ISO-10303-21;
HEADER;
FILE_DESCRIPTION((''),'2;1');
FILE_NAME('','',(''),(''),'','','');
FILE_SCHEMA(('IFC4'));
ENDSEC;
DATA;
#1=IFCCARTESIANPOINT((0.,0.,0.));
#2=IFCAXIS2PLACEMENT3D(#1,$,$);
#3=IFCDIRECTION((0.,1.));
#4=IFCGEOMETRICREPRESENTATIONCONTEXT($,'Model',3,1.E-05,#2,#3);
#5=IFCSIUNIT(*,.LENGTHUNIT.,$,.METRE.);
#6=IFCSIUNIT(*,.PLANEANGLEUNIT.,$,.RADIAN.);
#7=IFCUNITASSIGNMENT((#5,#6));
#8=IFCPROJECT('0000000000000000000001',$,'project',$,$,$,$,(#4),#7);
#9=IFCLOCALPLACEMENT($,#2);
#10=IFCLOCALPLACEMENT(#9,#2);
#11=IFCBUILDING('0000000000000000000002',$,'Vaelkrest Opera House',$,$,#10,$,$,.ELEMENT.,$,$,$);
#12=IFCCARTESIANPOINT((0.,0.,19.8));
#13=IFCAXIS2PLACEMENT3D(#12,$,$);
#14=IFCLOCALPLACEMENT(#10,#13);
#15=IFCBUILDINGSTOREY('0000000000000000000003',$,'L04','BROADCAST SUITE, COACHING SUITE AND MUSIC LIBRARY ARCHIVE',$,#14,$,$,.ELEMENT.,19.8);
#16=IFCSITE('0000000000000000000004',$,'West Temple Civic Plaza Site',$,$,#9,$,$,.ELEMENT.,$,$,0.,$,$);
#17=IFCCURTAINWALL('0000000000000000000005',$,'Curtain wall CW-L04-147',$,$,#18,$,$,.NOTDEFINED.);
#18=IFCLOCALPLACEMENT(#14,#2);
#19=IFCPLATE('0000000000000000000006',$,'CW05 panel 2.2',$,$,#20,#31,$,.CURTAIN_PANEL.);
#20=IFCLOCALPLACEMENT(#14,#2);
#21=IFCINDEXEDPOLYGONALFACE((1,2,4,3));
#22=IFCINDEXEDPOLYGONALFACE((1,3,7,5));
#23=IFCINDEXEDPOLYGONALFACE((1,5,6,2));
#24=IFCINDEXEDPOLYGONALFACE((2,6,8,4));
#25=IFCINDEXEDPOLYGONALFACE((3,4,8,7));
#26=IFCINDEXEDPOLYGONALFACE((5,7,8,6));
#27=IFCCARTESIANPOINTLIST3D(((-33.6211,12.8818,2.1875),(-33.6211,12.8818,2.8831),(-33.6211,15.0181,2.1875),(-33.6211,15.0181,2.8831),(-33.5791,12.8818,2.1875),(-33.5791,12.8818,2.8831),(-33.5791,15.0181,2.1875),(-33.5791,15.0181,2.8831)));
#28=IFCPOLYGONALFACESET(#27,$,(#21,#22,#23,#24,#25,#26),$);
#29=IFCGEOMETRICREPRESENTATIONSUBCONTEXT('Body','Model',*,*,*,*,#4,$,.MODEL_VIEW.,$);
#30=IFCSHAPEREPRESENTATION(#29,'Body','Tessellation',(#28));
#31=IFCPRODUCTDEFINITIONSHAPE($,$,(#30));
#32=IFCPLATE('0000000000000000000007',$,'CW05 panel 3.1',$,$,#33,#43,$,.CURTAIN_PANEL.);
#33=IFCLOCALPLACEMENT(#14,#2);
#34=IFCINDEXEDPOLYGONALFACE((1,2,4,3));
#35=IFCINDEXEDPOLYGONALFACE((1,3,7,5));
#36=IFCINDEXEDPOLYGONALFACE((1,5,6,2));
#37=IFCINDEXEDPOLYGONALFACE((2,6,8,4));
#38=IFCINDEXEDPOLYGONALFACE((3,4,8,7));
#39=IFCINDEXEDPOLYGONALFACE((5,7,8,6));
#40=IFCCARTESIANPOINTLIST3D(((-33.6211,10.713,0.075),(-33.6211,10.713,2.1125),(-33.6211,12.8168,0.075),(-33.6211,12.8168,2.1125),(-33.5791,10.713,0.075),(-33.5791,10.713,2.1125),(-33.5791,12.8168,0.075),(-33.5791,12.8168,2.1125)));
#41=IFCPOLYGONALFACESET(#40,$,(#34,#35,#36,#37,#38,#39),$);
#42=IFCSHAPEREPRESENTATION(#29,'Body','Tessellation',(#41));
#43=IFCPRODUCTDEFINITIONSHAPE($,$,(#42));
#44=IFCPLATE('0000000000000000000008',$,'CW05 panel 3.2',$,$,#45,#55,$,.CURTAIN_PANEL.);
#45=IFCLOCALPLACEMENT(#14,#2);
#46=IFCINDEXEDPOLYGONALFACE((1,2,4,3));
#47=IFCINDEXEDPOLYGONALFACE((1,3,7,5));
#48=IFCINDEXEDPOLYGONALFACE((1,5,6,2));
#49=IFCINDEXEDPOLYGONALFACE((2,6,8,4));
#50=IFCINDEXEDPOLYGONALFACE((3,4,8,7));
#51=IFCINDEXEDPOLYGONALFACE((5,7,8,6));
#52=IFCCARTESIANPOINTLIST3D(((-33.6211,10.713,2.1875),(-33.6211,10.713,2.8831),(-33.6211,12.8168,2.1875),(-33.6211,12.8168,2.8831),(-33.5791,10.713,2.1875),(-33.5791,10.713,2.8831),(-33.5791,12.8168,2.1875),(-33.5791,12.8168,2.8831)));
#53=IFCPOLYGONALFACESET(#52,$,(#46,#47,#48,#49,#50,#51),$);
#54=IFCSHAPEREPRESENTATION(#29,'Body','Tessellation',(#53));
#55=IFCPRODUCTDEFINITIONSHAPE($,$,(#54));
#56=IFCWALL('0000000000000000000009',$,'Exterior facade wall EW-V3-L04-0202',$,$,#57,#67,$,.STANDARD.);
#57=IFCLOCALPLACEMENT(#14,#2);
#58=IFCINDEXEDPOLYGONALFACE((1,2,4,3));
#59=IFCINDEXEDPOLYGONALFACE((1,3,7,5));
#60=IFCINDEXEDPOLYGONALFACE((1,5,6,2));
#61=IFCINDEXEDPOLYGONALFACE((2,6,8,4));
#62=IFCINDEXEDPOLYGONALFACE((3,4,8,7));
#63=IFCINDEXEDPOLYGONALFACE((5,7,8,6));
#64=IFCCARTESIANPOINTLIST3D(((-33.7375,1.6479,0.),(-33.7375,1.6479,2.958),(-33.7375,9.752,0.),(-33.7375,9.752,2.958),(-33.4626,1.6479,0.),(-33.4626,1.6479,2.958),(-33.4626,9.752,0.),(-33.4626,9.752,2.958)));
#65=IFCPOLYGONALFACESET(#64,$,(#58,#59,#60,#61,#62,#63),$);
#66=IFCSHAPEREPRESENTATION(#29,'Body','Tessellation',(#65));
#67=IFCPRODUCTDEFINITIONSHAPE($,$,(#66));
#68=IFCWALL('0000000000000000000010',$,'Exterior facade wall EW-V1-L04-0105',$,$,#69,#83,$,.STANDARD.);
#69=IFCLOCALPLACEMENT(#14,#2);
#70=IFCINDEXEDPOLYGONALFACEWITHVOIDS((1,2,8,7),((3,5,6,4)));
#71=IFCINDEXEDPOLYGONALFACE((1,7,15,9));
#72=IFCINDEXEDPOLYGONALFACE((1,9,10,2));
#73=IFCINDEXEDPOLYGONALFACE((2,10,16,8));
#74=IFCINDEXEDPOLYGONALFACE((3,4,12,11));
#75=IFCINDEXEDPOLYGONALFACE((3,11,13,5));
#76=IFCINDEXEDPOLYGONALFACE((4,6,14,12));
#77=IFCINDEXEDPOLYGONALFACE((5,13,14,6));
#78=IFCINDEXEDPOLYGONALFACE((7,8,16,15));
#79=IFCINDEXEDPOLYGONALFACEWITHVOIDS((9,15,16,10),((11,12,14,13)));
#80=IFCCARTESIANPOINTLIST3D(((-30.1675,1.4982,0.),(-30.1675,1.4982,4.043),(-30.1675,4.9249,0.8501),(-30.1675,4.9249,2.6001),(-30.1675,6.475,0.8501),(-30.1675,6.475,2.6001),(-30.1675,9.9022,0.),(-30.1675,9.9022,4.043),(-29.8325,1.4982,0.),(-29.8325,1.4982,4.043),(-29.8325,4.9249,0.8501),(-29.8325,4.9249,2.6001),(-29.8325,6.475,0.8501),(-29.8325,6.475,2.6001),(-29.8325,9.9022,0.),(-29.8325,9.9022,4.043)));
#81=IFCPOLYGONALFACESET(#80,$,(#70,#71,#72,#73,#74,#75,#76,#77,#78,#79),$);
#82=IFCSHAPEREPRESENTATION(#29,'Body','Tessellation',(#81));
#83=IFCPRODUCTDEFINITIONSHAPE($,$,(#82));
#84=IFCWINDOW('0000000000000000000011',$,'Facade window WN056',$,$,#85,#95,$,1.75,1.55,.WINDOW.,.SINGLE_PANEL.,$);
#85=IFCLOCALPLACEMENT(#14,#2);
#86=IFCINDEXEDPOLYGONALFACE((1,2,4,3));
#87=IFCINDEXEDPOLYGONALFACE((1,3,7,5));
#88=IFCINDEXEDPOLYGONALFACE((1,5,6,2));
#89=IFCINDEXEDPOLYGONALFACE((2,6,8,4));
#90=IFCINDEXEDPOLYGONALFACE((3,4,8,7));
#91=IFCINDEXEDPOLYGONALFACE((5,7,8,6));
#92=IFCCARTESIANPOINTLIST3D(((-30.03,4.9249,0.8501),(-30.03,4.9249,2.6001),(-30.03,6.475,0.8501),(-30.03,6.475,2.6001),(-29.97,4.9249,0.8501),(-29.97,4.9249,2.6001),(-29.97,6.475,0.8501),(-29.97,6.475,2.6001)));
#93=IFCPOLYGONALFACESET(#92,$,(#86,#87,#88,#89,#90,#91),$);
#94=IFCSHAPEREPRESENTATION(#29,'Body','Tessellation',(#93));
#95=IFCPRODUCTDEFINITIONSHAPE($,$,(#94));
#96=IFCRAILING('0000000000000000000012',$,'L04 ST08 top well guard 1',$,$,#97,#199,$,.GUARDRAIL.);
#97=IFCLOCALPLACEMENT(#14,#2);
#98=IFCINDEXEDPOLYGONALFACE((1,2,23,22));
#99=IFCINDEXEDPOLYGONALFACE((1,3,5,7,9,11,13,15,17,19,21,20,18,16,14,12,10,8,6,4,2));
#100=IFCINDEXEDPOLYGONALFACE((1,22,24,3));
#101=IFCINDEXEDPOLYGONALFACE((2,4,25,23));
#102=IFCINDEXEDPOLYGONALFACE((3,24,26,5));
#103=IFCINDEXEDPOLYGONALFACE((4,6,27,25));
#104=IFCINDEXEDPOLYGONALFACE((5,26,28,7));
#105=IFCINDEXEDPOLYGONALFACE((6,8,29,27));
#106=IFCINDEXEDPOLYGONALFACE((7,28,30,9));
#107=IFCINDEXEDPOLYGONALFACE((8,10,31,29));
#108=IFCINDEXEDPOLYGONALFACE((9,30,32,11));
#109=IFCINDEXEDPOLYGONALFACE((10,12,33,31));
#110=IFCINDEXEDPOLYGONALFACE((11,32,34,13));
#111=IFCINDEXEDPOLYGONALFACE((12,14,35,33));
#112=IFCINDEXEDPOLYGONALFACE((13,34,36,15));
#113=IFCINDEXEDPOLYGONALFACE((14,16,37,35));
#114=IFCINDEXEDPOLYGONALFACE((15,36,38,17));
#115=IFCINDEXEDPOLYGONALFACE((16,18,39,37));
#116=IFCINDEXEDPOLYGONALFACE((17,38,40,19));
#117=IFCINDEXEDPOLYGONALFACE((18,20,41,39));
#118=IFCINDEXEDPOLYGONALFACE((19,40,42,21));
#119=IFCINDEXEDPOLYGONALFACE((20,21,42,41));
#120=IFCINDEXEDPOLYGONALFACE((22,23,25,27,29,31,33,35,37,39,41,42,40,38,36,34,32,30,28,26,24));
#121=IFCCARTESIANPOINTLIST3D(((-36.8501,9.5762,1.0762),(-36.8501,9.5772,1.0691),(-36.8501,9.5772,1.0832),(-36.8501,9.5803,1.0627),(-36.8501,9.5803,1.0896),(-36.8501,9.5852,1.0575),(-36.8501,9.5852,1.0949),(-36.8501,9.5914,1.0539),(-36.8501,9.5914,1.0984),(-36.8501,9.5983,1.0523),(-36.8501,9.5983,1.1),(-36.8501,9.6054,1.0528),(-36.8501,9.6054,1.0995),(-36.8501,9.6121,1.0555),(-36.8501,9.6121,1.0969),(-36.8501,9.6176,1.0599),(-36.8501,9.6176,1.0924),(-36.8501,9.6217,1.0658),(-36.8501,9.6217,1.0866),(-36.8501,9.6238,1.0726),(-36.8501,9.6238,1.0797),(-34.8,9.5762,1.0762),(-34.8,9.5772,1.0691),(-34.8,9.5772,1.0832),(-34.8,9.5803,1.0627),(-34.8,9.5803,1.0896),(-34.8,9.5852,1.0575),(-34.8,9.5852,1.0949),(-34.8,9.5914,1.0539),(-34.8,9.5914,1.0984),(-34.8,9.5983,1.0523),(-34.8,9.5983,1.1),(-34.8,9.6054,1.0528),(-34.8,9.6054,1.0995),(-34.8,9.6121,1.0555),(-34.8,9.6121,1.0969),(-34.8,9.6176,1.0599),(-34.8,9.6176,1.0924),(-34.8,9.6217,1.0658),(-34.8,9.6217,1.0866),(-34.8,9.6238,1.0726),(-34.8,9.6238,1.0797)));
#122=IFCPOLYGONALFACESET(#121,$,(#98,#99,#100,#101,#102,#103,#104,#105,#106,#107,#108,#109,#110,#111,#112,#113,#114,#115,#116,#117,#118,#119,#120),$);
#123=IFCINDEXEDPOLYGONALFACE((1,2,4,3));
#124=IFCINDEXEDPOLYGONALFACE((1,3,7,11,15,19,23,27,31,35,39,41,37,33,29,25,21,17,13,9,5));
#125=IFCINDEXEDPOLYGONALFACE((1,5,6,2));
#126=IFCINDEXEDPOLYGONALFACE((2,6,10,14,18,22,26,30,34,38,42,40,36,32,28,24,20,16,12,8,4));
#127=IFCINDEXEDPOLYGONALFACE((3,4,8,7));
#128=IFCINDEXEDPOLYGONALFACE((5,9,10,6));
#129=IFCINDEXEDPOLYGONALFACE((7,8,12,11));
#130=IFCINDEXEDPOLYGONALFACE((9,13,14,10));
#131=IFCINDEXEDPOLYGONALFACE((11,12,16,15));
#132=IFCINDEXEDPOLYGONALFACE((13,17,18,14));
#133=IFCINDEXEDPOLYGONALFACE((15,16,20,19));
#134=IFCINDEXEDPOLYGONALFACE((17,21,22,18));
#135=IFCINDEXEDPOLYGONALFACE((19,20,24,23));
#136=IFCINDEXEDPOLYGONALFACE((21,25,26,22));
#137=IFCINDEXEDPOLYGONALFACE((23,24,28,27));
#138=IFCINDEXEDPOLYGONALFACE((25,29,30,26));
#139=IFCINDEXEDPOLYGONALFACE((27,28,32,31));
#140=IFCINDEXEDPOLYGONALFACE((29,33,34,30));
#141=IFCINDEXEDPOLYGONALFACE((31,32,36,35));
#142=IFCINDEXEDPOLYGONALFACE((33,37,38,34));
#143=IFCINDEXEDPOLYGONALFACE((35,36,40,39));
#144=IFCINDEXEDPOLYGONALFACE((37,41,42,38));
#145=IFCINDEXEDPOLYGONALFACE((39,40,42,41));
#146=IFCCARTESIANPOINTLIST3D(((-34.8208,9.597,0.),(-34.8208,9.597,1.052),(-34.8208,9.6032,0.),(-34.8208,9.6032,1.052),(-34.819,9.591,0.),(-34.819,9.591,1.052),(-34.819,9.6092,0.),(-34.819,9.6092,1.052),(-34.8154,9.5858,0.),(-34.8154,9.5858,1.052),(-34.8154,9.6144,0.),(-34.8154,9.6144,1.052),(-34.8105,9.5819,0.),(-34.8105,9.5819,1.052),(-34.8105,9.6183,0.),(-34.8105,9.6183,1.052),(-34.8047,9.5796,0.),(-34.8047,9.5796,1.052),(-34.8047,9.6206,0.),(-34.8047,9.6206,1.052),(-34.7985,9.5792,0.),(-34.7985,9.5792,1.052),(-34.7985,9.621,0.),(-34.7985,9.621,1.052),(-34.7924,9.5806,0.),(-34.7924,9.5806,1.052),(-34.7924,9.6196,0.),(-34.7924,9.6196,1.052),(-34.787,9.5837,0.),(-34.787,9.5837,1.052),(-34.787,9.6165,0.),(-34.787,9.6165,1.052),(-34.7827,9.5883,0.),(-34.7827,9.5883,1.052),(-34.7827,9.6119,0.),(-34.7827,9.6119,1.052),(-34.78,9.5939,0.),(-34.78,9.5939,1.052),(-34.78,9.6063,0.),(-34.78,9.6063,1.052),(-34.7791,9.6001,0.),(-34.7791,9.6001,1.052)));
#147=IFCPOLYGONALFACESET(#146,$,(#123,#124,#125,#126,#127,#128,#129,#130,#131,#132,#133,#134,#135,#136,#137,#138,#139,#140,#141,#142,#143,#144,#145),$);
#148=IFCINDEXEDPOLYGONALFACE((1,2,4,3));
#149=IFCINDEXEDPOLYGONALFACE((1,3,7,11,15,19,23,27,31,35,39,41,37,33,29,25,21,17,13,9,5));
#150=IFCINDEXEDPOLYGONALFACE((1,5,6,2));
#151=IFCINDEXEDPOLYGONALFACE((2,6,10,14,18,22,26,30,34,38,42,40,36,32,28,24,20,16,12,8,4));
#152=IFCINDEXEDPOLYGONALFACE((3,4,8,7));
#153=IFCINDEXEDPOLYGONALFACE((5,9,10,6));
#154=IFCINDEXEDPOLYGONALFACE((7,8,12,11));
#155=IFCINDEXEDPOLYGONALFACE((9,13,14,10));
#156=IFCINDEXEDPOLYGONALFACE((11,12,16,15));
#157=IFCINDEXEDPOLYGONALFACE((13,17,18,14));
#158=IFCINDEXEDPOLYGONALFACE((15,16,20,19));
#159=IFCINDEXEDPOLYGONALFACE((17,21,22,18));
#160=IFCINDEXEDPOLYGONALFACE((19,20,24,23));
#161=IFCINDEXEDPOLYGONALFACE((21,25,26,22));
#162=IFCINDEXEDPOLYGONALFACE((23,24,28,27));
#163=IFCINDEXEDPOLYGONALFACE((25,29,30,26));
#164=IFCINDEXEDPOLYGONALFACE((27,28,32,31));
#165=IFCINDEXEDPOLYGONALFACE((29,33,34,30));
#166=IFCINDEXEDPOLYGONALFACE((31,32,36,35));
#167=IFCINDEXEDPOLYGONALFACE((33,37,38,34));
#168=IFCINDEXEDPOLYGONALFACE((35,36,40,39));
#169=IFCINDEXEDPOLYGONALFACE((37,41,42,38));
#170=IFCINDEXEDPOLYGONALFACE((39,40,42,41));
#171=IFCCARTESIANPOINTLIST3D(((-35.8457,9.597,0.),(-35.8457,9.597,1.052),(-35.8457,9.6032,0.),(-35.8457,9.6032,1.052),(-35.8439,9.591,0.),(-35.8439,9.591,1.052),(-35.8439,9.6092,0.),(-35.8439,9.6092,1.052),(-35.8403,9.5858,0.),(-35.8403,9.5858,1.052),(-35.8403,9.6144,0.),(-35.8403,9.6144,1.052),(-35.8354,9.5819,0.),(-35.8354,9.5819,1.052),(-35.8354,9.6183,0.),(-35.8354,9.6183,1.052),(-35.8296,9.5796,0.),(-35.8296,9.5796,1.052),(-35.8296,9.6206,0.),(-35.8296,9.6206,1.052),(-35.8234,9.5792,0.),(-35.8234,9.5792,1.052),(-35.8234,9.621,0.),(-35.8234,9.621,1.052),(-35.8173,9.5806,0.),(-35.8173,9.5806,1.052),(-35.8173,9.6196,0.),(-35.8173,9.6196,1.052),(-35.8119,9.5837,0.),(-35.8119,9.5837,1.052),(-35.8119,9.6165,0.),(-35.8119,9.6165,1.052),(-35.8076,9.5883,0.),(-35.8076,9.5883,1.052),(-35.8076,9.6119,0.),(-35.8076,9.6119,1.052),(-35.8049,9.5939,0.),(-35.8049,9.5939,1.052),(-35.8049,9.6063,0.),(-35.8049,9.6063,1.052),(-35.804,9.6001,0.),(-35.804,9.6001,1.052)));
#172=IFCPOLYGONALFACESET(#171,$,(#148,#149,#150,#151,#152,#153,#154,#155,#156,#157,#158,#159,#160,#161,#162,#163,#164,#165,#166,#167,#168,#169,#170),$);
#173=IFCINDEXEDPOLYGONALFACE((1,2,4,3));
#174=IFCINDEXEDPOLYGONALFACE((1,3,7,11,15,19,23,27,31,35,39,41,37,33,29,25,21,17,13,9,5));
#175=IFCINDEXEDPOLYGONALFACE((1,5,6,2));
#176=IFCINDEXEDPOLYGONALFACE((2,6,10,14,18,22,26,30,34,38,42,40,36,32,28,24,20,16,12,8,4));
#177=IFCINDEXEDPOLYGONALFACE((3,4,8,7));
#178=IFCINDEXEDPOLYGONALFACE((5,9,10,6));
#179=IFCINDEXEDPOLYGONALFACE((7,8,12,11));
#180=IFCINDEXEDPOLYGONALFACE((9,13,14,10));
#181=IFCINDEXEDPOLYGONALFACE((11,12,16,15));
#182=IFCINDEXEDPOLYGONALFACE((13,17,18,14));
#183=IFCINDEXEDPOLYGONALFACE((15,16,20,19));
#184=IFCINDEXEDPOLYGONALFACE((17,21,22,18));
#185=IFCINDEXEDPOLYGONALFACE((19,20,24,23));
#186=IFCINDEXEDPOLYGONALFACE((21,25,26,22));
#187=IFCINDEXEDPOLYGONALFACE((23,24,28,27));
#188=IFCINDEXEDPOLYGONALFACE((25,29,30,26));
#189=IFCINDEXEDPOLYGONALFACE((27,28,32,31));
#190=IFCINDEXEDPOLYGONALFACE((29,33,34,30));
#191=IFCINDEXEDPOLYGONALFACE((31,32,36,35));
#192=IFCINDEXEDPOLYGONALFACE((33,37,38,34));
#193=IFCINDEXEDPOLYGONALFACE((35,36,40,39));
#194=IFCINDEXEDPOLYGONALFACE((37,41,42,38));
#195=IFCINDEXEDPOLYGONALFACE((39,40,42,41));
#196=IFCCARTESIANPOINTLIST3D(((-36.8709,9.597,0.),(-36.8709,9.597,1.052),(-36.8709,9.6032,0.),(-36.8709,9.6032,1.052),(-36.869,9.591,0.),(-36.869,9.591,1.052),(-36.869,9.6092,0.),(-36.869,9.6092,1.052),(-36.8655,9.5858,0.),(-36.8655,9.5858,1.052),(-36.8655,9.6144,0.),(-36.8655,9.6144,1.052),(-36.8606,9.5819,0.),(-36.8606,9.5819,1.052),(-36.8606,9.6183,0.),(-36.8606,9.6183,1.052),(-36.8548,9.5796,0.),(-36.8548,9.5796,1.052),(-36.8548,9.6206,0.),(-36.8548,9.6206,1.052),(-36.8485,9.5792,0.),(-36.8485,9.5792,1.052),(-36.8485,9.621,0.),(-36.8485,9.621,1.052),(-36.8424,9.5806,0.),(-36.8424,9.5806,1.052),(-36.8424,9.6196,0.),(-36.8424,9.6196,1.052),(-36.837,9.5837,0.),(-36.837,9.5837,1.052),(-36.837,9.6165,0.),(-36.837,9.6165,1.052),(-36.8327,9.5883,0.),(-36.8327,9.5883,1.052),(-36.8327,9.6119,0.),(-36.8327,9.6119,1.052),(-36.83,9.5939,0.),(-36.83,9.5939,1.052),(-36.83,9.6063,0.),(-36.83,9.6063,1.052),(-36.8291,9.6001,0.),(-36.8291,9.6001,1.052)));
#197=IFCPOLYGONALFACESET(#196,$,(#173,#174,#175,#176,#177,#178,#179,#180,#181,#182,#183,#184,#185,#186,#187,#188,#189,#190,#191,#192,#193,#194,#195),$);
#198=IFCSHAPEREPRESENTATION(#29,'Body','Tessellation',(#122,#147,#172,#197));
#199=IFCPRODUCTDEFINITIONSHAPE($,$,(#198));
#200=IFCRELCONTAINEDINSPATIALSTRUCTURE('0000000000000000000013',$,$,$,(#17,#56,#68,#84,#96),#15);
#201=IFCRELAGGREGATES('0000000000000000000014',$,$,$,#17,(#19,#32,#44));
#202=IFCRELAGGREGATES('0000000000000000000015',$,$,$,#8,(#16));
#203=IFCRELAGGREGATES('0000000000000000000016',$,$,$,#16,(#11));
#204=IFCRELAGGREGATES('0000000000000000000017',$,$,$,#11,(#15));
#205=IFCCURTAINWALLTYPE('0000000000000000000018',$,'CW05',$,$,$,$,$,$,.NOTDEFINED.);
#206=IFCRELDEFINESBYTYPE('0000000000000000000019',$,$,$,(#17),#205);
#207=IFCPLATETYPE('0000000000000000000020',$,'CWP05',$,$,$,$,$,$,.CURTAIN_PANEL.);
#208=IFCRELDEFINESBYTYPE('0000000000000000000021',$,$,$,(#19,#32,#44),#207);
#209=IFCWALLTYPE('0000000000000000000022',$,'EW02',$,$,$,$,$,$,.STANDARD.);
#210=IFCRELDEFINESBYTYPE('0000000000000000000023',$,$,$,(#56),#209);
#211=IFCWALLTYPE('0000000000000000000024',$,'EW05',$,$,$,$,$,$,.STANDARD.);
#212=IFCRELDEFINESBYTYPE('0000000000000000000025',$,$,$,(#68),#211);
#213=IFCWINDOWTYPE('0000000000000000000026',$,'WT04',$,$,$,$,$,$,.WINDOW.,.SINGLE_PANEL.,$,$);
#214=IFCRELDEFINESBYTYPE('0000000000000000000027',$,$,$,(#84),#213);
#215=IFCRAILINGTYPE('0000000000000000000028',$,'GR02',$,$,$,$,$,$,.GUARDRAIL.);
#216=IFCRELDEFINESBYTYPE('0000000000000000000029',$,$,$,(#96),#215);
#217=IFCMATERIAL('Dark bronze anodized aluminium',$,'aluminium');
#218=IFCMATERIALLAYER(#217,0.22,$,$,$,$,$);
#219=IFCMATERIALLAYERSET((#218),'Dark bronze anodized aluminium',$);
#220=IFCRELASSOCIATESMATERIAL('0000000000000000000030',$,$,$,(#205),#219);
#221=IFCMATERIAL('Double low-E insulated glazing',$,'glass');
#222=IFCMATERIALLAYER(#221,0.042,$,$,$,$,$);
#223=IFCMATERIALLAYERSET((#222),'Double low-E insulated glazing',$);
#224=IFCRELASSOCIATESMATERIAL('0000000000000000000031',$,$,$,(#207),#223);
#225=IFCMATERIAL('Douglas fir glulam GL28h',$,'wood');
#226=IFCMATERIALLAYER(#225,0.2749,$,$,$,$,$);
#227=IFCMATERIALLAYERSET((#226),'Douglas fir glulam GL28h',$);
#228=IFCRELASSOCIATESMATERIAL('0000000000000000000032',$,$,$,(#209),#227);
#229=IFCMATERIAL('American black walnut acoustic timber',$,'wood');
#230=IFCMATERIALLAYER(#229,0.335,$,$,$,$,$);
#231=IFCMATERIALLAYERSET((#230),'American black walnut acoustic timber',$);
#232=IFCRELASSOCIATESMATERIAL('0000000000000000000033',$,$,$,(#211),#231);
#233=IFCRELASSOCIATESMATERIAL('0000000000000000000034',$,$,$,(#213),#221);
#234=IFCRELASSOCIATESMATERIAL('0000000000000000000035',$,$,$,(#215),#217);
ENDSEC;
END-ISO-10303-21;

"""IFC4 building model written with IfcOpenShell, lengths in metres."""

from ifc_helpers import new_model, si_unit, direction, frame, frame_2d, origin, origin_2d, place, context, subcontext, project, spatial, rectangle, circle, extrude, material, layer, layer_set, type_object, element, fill, aggregate, save


model = new_model("IFC4")

# Units and contexts
model_context = context("Model", 3, precision=1e-05, world=origin(), true_north=direction((0.0, 1.0)))
body_context = subcontext(model_context, "Body", "Model", "MODEL_VIEW")
ifc_project = project(units=[si_unit("LENGTHUNIT", "METRE"), si_unit("PLANEANGLEUNIT", "RADIAN")], contexts=[model_context])

# Site, building, storey
site_placement = place(None, origin())
site = spatial("IfcSite", under=ifc_project, at=site_placement, Name="West Temple Civic Plaza Site", CompositionType="ELEMENT", RefElevation=0.0)
building_placement = place(site_placement, origin())
building = spatial("IfcBuilding", under=site, at=building_placement, Name="Vaelkrest Opera House", CompositionType="ELEMENT")
storey_placement = place(building_placement, frame((0.0, 0.0, 19.8)))
storey = spatial("IfcBuildingStorey", under=building, at=storey_placement, Name="L04", Description="BROADCAST SUITE, COACHING SUITE AND MUSIC LIBRARY ARCHIVE", CompositionType="ELEMENT", Elevation=19.8)

# Curtain wall
ifc_material_1 = material(Name="Dark bronze anodized aluminium", Category="aluminium")
ifc_layer_1 = layer(ifc_material_1, 0.22)
ifc_layer_set_1 = layer_set([ifc_layer_1], Name="Dark bronze anodized aluminium")
curtain_wall_type_1 = type_object("IfcCurtainWallType", Name="CW05", PredefinedType="NOTDEFINED", material=ifc_layer_set_1)
curtain_wall_1_placement = place(storey_placement, origin())
curtain_wall_1 = element("IfcCurtainWall", 1, at=curtain_wall_1_placement, inside=storey, type_object=curtain_wall_type_1, Name="Curtain wall CW-L04-147", PredefinedType="NOTDEFINED")

# Plates
ifc_material_2 = material(Name="Double low-E insulated glazing", Category="glass")
ifc_layer_2 = layer(ifc_material_2, 0.042)
ifc_layer_set_2 = layer_set([ifc_layer_2], Name="Double low-E insulated glazing")
plate_type = type_object("IfcPlateType", Name="CWP05", PredefinedType="CURTAIN_PANEL", material=ifc_layer_set_2)
plate_1_placement = place(storey_placement, frame((-33.6001, 13.95, 2.1875), z_axis=(0.0, 0.0, 1.0), x_axis=(0.0, -1.0, 0.0)))
plate_1 = element("IfcPlate", 2, at=plate_1_placement, type_object=plate_type, Name="CW05 panel 2.2", PredefinedType="CURTAIN_PANEL", context=body_context, shape_type="SweptSolid", body=[
    extrude(rectangle(XDim=2.1362, YDim=0.042, at=origin_2d()), origin(), (0.0, 0.0, 1.0), 0.6956),
])
plate_2_placement = place(storey_placement, frame((-33.6001, 11.7649, 0.075), z_axis=(0.0, 0.0, 1.0), x_axis=(0.0, -1.0, 0.0)))
plate_2 = element("IfcPlate", 3, at=plate_2_placement, type_object=plate_type, Name="CW05 panel 3.1", PredefinedType="CURTAIN_PANEL", context=body_context, shape_type="SweptSolid", body=[
    extrude(rectangle(XDim=2.1038, YDim=0.042, at=origin_2d()), origin(), (0.0, 0.0, 1.0), 2.0376),
])
plate_3_placement = place(storey_placement, frame((-33.6001, 11.7649, 2.1875), z_axis=(0.0, 0.0, 1.0), x_axis=(0.0, -1.0, 0.0)))
plate_3 = element("IfcPlate", 4, at=plate_3_placement, type_object=plate_type, Name="CW05 panel 3.2", PredefinedType="CURTAIN_PANEL", context=body_context, shape_type="SweptSolid", body=[
    extrude(rectangle(XDim=2.1038, YDim=0.042, at=origin_2d()), origin(), (0.0, 0.0, 1.0), 0.6956),
])
aggregate(curtain_wall_1, [plate_1, plate_2, plate_3])

# Wall
ifc_material_3 = material(Name="Douglas fir glulam GL28h", Category="wood")
ifc_layer_3 = layer(ifc_material_3, 0.2749)
ifc_layer_set_3 = layer_set([ifc_layer_3], Name="Douglas fir glulam GL28h")
wall_type_1 = type_object("IfcWallType", Name="EW02", PredefinedType="STANDARD", material=ifc_layer_set_3)
wall_1_placement = place(storey_placement, frame((-33.6001, 9.752, 0.0), z_axis=(0.0, 0.0, 1.0), x_axis=(0.0, -1.0, 0.0)))
element("IfcWall", 5, at=wall_1_placement, inside=storey, type_object=wall_type_1, Name="Exterior facade wall EW-V3-L04-0202", PredefinedType="STANDARD", context=body_context, shape_type="SweptSolid", body=[
    extrude(rectangle(XDim=8.104, YDim=0.2749, at=frame_2d((4.052, 0.0))), origin(), (0.0, 0.0, 1.0), 2.958),
])

# Wall, opening, window
ifc_material_4 = material(Name="American black walnut acoustic timber", Category="wood")
ifc_layer_4 = layer(ifc_material_4, 0.335)
ifc_layer_set_4 = layer_set([ifc_layer_4], Name="American black walnut acoustic timber")
wall_type_2 = type_object("IfcWallType", Name="EW05", PredefinedType="STANDARD", material=ifc_layer_set_4)
wall_2_placement = place(storey_placement, frame((-30.0, 1.498, 0.0), z_axis=(0.0, 0.0, 1.0), x_axis=(0.0, 1.0, 0.0)))
wall_2 = element("IfcWall", 6, at=wall_2_placement, inside=storey, type_object=wall_type_2, Name="Exterior facade wall EW-V1-L04-0105", PredefinedType="STANDARD", context=body_context, shape_type="SweptSolid", body=[
    extrude(rectangle(XDim=8.4041, YDim=0.335, at=frame_2d((4.2021, 0.0))), origin(), (0.0, 0.0, 1.0), 4.043),
])
opening_1_placement = place(wall_2_placement, frame((3.427, 0.0, 0.8501)))
opening_1 = element("IfcOpeningElement", 7, at=opening_1_placement, cuts=wall_2, PredefinedType="OPENING", context=body_context, shape_type="SweptSolid", body=[
    extrude(rectangle(XDim=1.55, YDim=1.75, at=frame_2d((0.7749, 0.875))), frame((0.0, 0.1775, 0.0), z_axis=(0.0, -1.0, 0.0), x_axis=(1.0, 0.0, 0.0)), (0.0, 0.0, 1.0), 0.355),
])
window_type = type_object("IfcWindowType", Name="WT04", PartitioningType="SINGLE_PANEL", PredefinedType="WINDOW", material=ifc_material_2)
window_placement = place(opening_1_placement, origin())
window = element("IfcWindow", 8, at=window_placement, inside=storey, type_object=window_type, Name="Facade window WN056", OverallHeight=1.75, OverallWidth=1.55, PartitioningType="SINGLE_PANEL", PredefinedType="WINDOW", context=body_context, shape_type="SweptSolid", body=[
    extrude(rectangle(XDim=1.55, YDim=1.75, at=frame_2d((0.7749, 0.875))), frame((0.0, 0.03, 0.0), z_axis=(0.0, -1.0, 0.0), x_axis=(1.0, 0.0, 0.0)), (0.0, 0.0, 1.0), 0.0601),
])
fill(opening_1, window)

# Railing
railing_type = type_object("IfcRailingType", Name="GR02", PredefinedType="GUARDRAIL", material=ifc_material_1)
railing_placement = place(storey_placement, frame((-34.8, 9.6001, 0.0)))
element("IfcRailing", 9, at=railing_placement, inside=storey, type_object=railing_type, Name="L04 ST08 top well guard 1", PredefinedType="GUARDRAIL", context=body_context, shape_type="SweptSolid", body=[
    extrude(circle(Radius=0.0239, at=origin_2d()), frame((0.0, 0.0, 1.0762), z_axis=(-1.0, 0.0, 0.0), x_axis=(0.0, -1.0, 0.0)), (0.0, 0.0, 1.0), 2.05),
    extrude(circle(Radius=0.021, at=origin_2d()), origin(), (0.0, 0.0, 1.0), 1.052),
    extrude(circle(Radius=0.021, at=origin_2d()), frame((-1.0249, 0.0, 0.0)), (0.0, 0.0, 1.0), 1.052),
    extrude(circle(Radius=0.021, at=origin_2d()), frame((-2.05, 0.0, 0.0)), (0.0, 0.0, 1.0), 1.052),
])

save(model, "model.ifc")
